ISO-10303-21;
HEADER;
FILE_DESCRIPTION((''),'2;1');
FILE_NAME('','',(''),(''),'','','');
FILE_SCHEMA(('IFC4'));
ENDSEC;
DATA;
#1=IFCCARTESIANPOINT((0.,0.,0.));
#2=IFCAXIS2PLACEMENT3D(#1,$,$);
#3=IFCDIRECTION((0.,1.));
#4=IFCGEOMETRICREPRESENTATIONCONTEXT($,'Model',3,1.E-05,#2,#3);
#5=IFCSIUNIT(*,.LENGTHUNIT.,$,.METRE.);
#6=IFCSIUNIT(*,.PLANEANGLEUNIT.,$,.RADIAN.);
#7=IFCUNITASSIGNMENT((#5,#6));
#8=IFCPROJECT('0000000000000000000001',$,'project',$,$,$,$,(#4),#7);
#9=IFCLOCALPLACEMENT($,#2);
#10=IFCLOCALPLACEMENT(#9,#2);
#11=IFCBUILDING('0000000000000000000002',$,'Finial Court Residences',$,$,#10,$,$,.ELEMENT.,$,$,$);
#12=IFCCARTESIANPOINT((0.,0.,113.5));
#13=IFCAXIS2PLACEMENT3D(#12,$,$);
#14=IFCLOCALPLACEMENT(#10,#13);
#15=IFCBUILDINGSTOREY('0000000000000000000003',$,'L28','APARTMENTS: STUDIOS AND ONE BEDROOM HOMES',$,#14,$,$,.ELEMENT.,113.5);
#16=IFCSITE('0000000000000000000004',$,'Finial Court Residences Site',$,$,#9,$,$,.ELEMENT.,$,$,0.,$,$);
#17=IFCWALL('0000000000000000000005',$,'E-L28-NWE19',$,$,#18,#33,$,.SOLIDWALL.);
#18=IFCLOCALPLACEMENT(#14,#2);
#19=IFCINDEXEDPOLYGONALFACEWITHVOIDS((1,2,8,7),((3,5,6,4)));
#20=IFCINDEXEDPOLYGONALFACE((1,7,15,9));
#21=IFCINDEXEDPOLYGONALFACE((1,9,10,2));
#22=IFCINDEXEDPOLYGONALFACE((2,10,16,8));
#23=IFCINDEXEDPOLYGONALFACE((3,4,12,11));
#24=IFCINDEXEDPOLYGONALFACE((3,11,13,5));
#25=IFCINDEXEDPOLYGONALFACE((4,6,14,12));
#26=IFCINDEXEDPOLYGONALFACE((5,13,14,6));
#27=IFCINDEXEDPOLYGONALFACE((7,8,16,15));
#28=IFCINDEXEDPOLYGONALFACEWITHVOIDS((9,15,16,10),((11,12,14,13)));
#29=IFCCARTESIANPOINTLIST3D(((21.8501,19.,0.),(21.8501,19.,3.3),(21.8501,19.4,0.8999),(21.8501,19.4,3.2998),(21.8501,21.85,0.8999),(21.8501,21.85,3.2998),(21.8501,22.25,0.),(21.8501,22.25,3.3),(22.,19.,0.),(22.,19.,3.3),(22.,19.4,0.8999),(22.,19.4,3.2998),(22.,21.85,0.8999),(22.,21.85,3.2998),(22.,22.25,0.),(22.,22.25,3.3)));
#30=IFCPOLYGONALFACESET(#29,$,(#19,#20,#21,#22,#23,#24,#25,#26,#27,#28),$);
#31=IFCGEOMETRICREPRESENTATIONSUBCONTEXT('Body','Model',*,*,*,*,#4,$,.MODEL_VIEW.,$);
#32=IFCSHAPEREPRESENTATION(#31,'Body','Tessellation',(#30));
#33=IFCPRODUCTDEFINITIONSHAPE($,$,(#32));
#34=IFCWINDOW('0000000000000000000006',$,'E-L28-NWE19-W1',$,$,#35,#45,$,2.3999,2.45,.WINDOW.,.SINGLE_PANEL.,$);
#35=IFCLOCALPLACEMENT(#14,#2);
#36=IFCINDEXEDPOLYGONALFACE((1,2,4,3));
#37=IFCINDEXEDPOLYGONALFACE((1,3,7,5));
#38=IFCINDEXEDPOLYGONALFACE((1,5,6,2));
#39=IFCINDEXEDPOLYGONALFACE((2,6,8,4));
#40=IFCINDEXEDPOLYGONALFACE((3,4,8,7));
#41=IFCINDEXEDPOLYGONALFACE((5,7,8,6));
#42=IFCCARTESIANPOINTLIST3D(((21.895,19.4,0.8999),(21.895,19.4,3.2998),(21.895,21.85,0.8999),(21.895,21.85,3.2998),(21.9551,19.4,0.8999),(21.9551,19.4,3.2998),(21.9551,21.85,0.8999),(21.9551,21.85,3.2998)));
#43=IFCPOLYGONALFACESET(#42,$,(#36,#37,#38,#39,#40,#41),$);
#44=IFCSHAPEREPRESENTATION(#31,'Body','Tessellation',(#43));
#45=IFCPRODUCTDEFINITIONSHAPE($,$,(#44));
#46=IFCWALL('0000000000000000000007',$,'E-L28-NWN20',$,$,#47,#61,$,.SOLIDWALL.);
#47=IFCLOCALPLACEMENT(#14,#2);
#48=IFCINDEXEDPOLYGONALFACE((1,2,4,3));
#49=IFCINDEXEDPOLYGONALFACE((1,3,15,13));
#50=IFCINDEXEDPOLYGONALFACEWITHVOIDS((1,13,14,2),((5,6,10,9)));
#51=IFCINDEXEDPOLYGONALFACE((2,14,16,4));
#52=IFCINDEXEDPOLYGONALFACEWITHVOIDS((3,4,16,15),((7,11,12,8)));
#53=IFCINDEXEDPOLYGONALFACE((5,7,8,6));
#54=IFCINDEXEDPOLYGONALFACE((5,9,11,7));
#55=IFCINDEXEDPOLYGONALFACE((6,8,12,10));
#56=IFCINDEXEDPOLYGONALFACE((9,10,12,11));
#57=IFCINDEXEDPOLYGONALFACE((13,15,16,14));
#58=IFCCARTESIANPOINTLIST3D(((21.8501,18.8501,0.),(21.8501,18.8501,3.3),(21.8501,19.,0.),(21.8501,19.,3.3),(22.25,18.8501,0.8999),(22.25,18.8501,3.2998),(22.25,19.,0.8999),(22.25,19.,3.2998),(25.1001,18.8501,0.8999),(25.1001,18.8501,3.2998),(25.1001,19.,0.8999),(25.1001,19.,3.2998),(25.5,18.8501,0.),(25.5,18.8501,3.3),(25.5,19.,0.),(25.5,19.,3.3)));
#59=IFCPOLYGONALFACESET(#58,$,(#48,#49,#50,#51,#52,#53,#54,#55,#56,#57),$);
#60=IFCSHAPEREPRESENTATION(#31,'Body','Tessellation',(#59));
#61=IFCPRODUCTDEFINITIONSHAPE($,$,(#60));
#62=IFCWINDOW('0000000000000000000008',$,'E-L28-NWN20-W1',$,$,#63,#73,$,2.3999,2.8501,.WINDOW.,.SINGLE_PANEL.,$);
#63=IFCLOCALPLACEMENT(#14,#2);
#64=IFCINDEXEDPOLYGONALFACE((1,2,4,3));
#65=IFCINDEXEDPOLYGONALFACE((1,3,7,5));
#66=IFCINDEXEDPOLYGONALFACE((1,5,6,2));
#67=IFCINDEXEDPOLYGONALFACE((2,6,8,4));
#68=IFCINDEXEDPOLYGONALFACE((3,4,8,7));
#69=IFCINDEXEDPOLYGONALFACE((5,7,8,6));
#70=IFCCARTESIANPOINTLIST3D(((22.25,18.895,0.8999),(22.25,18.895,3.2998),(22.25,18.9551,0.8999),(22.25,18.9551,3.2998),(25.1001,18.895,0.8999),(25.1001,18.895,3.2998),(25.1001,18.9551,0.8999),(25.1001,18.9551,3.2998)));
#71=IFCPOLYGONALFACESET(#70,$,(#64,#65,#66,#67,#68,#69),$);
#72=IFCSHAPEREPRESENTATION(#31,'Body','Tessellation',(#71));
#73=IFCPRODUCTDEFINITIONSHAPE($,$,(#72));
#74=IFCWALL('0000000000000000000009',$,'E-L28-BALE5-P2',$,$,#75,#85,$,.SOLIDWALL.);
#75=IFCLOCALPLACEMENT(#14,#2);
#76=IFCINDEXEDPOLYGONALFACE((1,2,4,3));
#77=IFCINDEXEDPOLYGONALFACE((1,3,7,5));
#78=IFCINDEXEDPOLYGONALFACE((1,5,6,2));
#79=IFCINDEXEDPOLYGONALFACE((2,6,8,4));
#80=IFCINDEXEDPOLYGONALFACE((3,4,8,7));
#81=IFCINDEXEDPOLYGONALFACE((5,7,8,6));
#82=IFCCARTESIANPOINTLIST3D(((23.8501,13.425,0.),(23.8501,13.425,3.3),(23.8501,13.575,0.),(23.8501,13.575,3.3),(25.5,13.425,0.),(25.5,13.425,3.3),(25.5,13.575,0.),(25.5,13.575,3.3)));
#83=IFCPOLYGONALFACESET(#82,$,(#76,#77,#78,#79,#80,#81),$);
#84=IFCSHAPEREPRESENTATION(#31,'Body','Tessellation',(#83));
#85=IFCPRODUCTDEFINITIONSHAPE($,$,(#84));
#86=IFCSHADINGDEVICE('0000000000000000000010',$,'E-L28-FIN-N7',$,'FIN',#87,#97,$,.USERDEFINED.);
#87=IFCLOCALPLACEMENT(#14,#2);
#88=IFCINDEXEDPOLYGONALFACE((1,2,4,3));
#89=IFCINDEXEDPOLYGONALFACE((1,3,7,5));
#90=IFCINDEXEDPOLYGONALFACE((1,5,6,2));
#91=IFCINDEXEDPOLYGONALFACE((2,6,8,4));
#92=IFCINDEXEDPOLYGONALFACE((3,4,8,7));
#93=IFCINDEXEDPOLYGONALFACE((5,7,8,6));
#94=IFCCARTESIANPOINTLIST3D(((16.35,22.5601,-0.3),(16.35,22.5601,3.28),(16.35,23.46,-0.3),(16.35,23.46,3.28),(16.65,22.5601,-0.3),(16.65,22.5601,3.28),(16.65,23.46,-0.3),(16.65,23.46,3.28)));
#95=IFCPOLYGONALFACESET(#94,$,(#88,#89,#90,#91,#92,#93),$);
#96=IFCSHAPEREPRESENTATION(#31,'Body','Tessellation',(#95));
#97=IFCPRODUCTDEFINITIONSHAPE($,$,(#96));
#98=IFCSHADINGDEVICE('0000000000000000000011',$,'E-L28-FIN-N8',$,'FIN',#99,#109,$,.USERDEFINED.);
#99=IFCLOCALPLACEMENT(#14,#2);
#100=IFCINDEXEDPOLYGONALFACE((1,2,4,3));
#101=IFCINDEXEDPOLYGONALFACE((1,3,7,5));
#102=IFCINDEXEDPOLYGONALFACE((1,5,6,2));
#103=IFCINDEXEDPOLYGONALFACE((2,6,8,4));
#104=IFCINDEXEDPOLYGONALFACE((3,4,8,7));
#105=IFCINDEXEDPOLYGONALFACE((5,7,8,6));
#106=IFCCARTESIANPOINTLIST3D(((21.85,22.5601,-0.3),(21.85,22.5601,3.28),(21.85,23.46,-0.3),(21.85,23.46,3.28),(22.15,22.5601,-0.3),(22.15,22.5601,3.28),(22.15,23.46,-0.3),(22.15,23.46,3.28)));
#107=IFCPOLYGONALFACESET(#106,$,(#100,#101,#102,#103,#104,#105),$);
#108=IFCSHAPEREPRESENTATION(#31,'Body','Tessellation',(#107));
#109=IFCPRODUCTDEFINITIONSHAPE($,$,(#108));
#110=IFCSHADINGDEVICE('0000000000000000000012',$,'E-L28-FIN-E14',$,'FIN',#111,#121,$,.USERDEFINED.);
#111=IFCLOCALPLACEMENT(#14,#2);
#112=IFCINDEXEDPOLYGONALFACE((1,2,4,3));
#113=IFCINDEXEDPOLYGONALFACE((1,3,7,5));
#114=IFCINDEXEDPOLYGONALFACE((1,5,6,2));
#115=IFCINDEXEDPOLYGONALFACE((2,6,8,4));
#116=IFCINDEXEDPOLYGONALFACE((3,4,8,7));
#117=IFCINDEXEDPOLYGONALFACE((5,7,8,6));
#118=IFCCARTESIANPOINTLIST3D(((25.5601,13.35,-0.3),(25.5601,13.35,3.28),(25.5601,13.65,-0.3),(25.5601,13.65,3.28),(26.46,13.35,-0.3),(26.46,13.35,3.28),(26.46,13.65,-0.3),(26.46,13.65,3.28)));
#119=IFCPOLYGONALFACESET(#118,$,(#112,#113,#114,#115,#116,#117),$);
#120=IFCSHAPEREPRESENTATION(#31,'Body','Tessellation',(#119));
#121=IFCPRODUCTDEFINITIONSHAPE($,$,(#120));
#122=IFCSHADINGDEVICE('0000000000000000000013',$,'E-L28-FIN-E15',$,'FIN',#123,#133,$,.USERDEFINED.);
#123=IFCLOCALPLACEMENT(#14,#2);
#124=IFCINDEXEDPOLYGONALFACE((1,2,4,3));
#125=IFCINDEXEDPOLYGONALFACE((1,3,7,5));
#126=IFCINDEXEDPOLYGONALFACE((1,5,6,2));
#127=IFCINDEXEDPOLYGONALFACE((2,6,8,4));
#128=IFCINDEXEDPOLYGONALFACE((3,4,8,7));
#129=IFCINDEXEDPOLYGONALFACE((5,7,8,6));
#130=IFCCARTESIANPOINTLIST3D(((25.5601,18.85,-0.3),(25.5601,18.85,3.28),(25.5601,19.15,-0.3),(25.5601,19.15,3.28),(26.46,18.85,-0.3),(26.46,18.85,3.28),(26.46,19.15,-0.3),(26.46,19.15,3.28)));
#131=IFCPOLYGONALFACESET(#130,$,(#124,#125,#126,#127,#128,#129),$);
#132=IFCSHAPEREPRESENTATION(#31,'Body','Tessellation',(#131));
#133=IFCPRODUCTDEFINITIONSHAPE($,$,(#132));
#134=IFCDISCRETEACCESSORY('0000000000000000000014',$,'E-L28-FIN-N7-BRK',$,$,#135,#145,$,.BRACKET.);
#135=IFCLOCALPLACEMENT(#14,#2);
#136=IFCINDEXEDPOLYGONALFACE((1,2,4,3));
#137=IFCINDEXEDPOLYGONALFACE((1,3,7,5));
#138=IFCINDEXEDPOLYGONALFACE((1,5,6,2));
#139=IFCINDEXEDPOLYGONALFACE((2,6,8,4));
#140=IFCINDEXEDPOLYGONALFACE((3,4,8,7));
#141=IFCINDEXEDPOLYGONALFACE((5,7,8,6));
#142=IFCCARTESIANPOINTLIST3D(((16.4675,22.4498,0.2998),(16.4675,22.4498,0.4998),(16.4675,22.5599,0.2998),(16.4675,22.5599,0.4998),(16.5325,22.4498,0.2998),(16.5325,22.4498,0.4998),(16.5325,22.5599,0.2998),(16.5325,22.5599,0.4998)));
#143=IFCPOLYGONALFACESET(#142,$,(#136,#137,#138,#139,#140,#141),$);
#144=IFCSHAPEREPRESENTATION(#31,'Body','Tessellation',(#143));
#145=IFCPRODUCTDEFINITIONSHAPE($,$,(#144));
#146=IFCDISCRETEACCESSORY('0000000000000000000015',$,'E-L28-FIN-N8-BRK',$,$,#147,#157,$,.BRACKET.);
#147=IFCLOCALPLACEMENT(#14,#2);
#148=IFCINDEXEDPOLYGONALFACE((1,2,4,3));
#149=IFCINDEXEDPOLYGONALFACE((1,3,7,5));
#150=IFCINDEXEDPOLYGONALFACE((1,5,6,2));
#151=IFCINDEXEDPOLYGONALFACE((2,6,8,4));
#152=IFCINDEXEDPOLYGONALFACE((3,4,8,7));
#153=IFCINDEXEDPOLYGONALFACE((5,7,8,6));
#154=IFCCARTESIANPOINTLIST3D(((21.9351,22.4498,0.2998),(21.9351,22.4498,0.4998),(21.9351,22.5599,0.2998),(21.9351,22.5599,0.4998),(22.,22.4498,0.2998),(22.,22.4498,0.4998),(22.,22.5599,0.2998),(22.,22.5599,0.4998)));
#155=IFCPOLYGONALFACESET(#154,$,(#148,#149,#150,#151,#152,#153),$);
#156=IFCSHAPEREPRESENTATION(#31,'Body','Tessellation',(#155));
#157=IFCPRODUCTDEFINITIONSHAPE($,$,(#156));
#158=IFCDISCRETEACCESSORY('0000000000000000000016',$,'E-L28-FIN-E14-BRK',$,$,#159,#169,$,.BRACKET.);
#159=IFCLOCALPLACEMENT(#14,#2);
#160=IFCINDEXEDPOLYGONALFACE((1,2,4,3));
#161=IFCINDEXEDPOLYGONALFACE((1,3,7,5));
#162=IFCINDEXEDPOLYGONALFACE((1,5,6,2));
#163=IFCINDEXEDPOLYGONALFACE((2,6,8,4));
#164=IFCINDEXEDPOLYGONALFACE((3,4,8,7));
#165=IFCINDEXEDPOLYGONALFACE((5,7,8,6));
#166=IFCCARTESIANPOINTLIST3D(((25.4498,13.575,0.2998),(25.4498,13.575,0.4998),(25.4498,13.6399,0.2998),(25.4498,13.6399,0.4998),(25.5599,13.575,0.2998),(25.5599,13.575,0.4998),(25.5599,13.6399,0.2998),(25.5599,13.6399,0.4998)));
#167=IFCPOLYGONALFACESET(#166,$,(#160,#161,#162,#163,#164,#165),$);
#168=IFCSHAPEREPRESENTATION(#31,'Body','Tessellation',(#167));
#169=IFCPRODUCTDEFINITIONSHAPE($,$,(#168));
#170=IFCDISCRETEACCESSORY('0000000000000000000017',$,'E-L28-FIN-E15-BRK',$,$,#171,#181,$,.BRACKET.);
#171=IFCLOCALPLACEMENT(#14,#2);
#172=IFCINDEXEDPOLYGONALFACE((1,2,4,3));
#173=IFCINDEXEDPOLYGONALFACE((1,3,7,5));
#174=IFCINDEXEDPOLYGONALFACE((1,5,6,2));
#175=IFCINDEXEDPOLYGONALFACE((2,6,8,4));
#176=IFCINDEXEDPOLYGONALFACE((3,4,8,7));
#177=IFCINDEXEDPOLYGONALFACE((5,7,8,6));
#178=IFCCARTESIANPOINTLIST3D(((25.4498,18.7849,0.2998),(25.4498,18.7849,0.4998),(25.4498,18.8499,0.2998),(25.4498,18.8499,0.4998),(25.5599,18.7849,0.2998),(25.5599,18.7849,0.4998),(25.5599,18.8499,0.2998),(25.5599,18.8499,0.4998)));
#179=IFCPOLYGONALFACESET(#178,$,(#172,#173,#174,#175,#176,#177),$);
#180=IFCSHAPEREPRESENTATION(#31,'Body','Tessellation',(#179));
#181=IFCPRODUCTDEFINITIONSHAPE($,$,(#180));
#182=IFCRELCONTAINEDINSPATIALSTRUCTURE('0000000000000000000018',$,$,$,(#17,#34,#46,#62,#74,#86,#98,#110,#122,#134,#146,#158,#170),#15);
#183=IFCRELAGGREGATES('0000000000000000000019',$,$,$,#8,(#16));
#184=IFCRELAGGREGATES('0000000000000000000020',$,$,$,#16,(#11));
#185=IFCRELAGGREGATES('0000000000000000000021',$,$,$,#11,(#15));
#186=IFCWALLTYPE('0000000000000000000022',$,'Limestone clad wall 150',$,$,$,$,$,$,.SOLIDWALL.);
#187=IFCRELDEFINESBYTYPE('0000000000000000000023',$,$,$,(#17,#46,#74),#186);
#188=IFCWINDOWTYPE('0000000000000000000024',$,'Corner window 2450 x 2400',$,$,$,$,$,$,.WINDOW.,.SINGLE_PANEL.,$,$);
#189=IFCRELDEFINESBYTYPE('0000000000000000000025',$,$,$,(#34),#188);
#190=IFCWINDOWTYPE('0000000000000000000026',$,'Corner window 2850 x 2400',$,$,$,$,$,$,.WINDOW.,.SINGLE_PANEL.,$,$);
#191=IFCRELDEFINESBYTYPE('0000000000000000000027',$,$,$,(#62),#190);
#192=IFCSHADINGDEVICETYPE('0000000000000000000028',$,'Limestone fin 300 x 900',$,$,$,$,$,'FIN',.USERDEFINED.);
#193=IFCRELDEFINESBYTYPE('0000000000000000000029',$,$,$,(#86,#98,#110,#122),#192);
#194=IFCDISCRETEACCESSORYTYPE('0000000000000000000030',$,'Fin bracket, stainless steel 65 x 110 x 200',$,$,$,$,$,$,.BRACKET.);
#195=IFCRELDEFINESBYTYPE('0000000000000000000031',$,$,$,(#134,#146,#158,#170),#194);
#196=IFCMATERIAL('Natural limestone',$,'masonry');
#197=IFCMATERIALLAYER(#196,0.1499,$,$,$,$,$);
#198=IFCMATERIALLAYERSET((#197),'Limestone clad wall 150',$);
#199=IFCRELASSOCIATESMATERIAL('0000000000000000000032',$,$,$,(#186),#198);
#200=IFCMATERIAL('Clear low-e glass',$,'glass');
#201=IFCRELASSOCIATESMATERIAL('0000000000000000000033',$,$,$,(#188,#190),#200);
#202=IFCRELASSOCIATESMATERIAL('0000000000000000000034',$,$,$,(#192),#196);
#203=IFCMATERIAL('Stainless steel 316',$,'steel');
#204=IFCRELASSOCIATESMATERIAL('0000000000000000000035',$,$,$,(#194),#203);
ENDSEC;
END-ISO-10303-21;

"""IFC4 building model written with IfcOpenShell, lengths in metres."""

from ifc_helpers import new_model, si_unit, direction, frame, frame_2d, origin, origin_2d, place, context, subcontext, project, spatial, rectangle, extrude, material, layer, layer_set, type_object, element, fill, save


model = new_model("IFC4")

# Units and contexts
model_context = context("Model", 3, precision=1e-05, world=origin(), true_north=direction((0.0, 1.0)))
body_context = subcontext(model_context, "Body", "Model", "MODEL_VIEW")
ifc_project = project(units=[si_unit("LENGTHUNIT", "METRE"), si_unit("PLANEANGLEUNIT", "RADIAN")], contexts=[model_context])

# Site, building, storey
site_placement = place(None, origin())
site = spatial("IfcSite", under=ifc_project, at=site_placement, Name="Finial Court Residences Site", CompositionType="ELEMENT", RefElevation=0.0)
building_placement = place(site_placement, origin())
building = spatial("IfcBuilding", under=site, at=building_placement, Name="Finial Court Residences", CompositionType="ELEMENT")
storey_placement = place(building_placement, frame((0.0, 0.0, 113.5)))
storey = spatial("IfcBuildingStorey", under=building, at=storey_placement, Name="L28", Description="APARTMENTS: STUDIOS AND ONE BEDROOM HOMES", CompositionType="ELEMENT", Elevation=113.5)

# Shared definitions
ifc_material_1 = material(Name="Clear low-e glass", Category="glass")

# Walls, openings, windows
ifc_material_2 = material(Name="Natural limestone", Category="masonry")
ifc_layer_1 = layer(ifc_material_2, 0.1499)
ifc_layer_set_1 = layer_set([ifc_layer_1], Name="Limestone clad wall 150")
wall_type = type_object("IfcWallType", Name="Limestone clad wall 150", PredefinedType="SOLIDWALL", material=ifc_layer_set_1)
wall_1_placement = place(storey_placement, frame((21.925, 22.25, 0.0), z_axis=(0.0, 0.0, 1.0), x_axis=(0.0, -1.0, 0.0)))
wall_1 = element("IfcWall", 1, at=wall_1_placement, inside=storey, type_object=wall_type, Name="E-L28-NWE19", PredefinedType="SOLIDWALL", context=body_context, shape_type="SweptSolid", body=[
    extrude(rectangle(XDim=3.25, YDim=0.1499, at=frame_2d((1.625, 0.0))), origin(), (0.0, 0.0, 1.0), 3.3),
])
opening_1_placement = place(wall_1_placement, frame((0.3999, 0.0, 0.8999)))
opening_1 = element("IfcOpeningElement", 2, at=opening_1_placement, cuts=wall_1, PredefinedType="OPENING", context=body_context, shape_type="SweptSolid", body=[
    extrude(rectangle(XDim=2.45, YDim=2.3999, at=frame_2d((1.2251, 1.2))), frame((0.0, 0.085, 0.0), z_axis=(0.0, -1.0, 0.0), x_axis=(1.0, 0.0, 0.0)), (0.0, 0.0, 1.0), 0.1699),
])
window_type_1 = type_object("IfcWindowType", Name="Corner window 2450 x 2400", PartitioningType="SINGLE_PANEL", PredefinedType="WINDOW", material=ifc_material_1)
window_1_placement = place(opening_1_placement, origin())
window_1 = element("IfcWindow", 3, at=window_1_placement, inside=storey, type_object=window_type_1, Name="E-L28-NWE19-W1", OverallHeight=2.3999, OverallWidth=2.45, PartitioningType="SINGLE_PANEL", PredefinedType="WINDOW", context=body_context, shape_type="SweptSolid", body=[
    extrude(rectangle(XDim=2.45, YDim=2.3999, at=frame_2d((1.2251, 1.2))), frame((0.0, 0.03, 0.0), z_axis=(0.0, -1.0, 0.0), x_axis=(1.0, 0.0, 0.0)), (0.0, 0.0, 1.0), 0.0601),
])
fill(opening_1, window_1)
wall_2_placement = place(storey_placement, frame((21.8501, 18.925, 0.0), z_axis=(0.0, 0.0, 1.0), x_axis=(1.0, 0.0, 0.0)))
wall_2 = element("IfcWall", 4, at=wall_2_placement, inside=storey, type_object=wall_type, Name="E-L28-NWN20", PredefinedType="SOLIDWALL", context=body_context, shape_type="SweptSolid", body=[
    extrude(rectangle(XDim=3.6499, YDim=0.1499, at=frame_2d((1.825, 0.0))), origin(), (0.0, 0.0, 1.0), 3.3),
])
opening_2_placement = place(wall_2_placement, frame((0.3999, 0.0, 0.8999)))
opening_2 = element("IfcOpeningElement", 5, at=opening_2_placement, cuts=wall_2, PredefinedType="OPENING", context=body_context, shape_type="SweptSolid", body=[
    extrude(rectangle(XDim=2.8501, YDim=2.3999, at=frame_2d((1.425, 1.2))), frame((0.0, 0.085, 0.0), z_axis=(0.0, -1.0, 0.0), x_axis=(1.0, 0.0, 0.0)), (0.0, 0.0, 1.0), 0.1699),
])
window_type_2 = type_object("IfcWindowType", Name="Corner window 2850 x 2400", PartitioningType="SINGLE_PANEL", PredefinedType="WINDOW", material=ifc_material_1)
window_2_placement = place(opening_2_placement, origin())
window_2 = element("IfcWindow", 6, at=window_2_placement, inside=storey, type_object=window_type_2, Name="E-L28-NWN20-W1", OverallHeight=2.3999, OverallWidth=2.8501, PartitioningType="SINGLE_PANEL", PredefinedType="WINDOW", context=body_context, shape_type="SweptSolid", body=[
    extrude(rectangle(XDim=2.8501, YDim=2.3999, at=frame_2d((1.425, 1.2))), frame((0.0, 0.03, 0.0), z_axis=(0.0, -1.0, 0.0), x_axis=(1.0, 0.0, 0.0)), (0.0, 0.0, 1.0), 0.0601),
])
fill(opening_2, window_2)

# Wall
wall_3_placement = place(storey_placement, frame((23.8501, 13.5, 0.0), z_axis=(0.0, 0.0, 1.0), x_axis=(1.0, 0.0, 0.0)))
element("IfcWall", 7, at=wall_3_placement, inside=storey, type_object=wall_type, Name="E-L28-BALE5-P2", PredefinedType="SOLIDWALL", context=body_context, shape_type="SweptSolid", body=[
    extrude(rectangle(XDim=1.6499, YDim=0.1499, at=frame_2d((0.825, 0.0))), origin(), (0.0, 0.0, 1.0), 3.3),
])

# Shading devices
shading_device_type = type_object("IfcShadingDeviceType", Name="Limestone fin 300 x 900", ElementType="FIN", PredefinedType="USERDEFINED", material=ifc_material_2)
for number, where, z_axis, x_axis, name in (
    (8, (16.5, 23.01, -0.3), (0.0, 0.0, 1.0), (1.0, 0.0, 0.0), "E-L28-FIN-N7"),
    (9, (22.0, 23.01, -0.3), (0.0, 0.0, 1.0), (1.0, 0.0, 0.0), "E-L28-FIN-N8"),
):
    element("IfcShadingDevice", number, at=place(storey_placement, frame(where, z_axis=z_axis, x_axis=x_axis)), inside=storey, type_object=shading_device_type, Name=name, ObjectType="FIN", PredefinedType="USERDEFINED", context=body_context, shape_type="SweptSolid", body=[
        extrude(rectangle(XDim=0.3, YDim=0.8999, at=origin_2d()), origin(), (0.0, 0.0, 1.0), 3.5801),
    ])
for number, where, z_axis, x_axis, name in (
    (10, (26.01, 13.5, -0.3), (0.0, 0.0, 1.0), (1.0, 0.0, 0.0), "E-L28-FIN-E14"),
    (11, (26.01, 19.0, -0.3), (0.0, 0.0, 1.0), (1.0, 0.0, 0.0), "E-L28-FIN-E15"),
):
    element("IfcShadingDevice", number, at=place(storey_placement, frame(where, z_axis=z_axis, x_axis=x_axis)), inside=storey, type_object=shading_device_type, Name=name, ObjectType="FIN", PredefinedType="USERDEFINED", context=body_context, shape_type="SweptSolid", body=[
        extrude(rectangle(XDim=0.8999, YDim=0.3, at=origin_2d()), origin(), (0.0, 0.0, 1.0), 3.5801),
    ])

# Discrete accessories
ifc_material_3 = material(Name="Stainless steel 316", Category="steel")
discrete_accessory_type = type_object("IfcDiscreteAccessoryType", Name="Fin bracket, stainless steel 65 x 110 x 200", PredefinedType="BRACKET", material=ifc_material_3)
for number, where, z_axis, x_axis, name in (
    (12, (16.5, 22.5049, 0.2998), (0.0, 0.0, 1.0), (1.0, 0.0, 0.0), "E-L28-FIN-N7-BRK"),
    (13, (21.9675, 22.5049, 0.2998), (0.0, 0.0, 1.0), (1.0, 0.0, 0.0), "E-L28-FIN-N8-BRK"),
):
    element("IfcDiscreteAccessory", number, at=place(storey_placement, frame(where, z_axis=z_axis, x_axis=x_axis)), inside=storey, type_object=discrete_accessory_type, Name=name, PredefinedType="BRACKET", context=body_context, shape_type="SweptSolid", body=[
        extrude(rectangle(XDim=0.0649, YDim=0.1101, at=origin_2d()), origin(), (0.0, 0.0, 1.0), 0.2),
    ])
for number, where, z_axis, x_axis, name in (
    (14, (25.5049, 13.6074, 0.2998), (0.0, 0.0, 1.0), (1.0, 0.0, 0.0), "E-L28-FIN-E14-BRK"),
    (15, (25.5049, 18.8174, 0.2998), (0.0, 0.0, 1.0), (1.0, 0.0, 0.0), "E-L28-FIN-E15-BRK"),
):
    element("IfcDiscreteAccessory", number, at=place(storey_placement, frame(where, z_axis=z_axis, x_axis=x_axis)), inside=storey, type_object=discrete_accessory_type, Name=name, PredefinedType="BRACKET", context=body_context, shape_type="SweptSolid", body=[
        extrude(rectangle(XDim=0.1101, YDim=0.0649, at=origin_2d()), origin(), (0.0, 0.0, 1.0), 0.2),
    ])

save(model, "model.ifc")
